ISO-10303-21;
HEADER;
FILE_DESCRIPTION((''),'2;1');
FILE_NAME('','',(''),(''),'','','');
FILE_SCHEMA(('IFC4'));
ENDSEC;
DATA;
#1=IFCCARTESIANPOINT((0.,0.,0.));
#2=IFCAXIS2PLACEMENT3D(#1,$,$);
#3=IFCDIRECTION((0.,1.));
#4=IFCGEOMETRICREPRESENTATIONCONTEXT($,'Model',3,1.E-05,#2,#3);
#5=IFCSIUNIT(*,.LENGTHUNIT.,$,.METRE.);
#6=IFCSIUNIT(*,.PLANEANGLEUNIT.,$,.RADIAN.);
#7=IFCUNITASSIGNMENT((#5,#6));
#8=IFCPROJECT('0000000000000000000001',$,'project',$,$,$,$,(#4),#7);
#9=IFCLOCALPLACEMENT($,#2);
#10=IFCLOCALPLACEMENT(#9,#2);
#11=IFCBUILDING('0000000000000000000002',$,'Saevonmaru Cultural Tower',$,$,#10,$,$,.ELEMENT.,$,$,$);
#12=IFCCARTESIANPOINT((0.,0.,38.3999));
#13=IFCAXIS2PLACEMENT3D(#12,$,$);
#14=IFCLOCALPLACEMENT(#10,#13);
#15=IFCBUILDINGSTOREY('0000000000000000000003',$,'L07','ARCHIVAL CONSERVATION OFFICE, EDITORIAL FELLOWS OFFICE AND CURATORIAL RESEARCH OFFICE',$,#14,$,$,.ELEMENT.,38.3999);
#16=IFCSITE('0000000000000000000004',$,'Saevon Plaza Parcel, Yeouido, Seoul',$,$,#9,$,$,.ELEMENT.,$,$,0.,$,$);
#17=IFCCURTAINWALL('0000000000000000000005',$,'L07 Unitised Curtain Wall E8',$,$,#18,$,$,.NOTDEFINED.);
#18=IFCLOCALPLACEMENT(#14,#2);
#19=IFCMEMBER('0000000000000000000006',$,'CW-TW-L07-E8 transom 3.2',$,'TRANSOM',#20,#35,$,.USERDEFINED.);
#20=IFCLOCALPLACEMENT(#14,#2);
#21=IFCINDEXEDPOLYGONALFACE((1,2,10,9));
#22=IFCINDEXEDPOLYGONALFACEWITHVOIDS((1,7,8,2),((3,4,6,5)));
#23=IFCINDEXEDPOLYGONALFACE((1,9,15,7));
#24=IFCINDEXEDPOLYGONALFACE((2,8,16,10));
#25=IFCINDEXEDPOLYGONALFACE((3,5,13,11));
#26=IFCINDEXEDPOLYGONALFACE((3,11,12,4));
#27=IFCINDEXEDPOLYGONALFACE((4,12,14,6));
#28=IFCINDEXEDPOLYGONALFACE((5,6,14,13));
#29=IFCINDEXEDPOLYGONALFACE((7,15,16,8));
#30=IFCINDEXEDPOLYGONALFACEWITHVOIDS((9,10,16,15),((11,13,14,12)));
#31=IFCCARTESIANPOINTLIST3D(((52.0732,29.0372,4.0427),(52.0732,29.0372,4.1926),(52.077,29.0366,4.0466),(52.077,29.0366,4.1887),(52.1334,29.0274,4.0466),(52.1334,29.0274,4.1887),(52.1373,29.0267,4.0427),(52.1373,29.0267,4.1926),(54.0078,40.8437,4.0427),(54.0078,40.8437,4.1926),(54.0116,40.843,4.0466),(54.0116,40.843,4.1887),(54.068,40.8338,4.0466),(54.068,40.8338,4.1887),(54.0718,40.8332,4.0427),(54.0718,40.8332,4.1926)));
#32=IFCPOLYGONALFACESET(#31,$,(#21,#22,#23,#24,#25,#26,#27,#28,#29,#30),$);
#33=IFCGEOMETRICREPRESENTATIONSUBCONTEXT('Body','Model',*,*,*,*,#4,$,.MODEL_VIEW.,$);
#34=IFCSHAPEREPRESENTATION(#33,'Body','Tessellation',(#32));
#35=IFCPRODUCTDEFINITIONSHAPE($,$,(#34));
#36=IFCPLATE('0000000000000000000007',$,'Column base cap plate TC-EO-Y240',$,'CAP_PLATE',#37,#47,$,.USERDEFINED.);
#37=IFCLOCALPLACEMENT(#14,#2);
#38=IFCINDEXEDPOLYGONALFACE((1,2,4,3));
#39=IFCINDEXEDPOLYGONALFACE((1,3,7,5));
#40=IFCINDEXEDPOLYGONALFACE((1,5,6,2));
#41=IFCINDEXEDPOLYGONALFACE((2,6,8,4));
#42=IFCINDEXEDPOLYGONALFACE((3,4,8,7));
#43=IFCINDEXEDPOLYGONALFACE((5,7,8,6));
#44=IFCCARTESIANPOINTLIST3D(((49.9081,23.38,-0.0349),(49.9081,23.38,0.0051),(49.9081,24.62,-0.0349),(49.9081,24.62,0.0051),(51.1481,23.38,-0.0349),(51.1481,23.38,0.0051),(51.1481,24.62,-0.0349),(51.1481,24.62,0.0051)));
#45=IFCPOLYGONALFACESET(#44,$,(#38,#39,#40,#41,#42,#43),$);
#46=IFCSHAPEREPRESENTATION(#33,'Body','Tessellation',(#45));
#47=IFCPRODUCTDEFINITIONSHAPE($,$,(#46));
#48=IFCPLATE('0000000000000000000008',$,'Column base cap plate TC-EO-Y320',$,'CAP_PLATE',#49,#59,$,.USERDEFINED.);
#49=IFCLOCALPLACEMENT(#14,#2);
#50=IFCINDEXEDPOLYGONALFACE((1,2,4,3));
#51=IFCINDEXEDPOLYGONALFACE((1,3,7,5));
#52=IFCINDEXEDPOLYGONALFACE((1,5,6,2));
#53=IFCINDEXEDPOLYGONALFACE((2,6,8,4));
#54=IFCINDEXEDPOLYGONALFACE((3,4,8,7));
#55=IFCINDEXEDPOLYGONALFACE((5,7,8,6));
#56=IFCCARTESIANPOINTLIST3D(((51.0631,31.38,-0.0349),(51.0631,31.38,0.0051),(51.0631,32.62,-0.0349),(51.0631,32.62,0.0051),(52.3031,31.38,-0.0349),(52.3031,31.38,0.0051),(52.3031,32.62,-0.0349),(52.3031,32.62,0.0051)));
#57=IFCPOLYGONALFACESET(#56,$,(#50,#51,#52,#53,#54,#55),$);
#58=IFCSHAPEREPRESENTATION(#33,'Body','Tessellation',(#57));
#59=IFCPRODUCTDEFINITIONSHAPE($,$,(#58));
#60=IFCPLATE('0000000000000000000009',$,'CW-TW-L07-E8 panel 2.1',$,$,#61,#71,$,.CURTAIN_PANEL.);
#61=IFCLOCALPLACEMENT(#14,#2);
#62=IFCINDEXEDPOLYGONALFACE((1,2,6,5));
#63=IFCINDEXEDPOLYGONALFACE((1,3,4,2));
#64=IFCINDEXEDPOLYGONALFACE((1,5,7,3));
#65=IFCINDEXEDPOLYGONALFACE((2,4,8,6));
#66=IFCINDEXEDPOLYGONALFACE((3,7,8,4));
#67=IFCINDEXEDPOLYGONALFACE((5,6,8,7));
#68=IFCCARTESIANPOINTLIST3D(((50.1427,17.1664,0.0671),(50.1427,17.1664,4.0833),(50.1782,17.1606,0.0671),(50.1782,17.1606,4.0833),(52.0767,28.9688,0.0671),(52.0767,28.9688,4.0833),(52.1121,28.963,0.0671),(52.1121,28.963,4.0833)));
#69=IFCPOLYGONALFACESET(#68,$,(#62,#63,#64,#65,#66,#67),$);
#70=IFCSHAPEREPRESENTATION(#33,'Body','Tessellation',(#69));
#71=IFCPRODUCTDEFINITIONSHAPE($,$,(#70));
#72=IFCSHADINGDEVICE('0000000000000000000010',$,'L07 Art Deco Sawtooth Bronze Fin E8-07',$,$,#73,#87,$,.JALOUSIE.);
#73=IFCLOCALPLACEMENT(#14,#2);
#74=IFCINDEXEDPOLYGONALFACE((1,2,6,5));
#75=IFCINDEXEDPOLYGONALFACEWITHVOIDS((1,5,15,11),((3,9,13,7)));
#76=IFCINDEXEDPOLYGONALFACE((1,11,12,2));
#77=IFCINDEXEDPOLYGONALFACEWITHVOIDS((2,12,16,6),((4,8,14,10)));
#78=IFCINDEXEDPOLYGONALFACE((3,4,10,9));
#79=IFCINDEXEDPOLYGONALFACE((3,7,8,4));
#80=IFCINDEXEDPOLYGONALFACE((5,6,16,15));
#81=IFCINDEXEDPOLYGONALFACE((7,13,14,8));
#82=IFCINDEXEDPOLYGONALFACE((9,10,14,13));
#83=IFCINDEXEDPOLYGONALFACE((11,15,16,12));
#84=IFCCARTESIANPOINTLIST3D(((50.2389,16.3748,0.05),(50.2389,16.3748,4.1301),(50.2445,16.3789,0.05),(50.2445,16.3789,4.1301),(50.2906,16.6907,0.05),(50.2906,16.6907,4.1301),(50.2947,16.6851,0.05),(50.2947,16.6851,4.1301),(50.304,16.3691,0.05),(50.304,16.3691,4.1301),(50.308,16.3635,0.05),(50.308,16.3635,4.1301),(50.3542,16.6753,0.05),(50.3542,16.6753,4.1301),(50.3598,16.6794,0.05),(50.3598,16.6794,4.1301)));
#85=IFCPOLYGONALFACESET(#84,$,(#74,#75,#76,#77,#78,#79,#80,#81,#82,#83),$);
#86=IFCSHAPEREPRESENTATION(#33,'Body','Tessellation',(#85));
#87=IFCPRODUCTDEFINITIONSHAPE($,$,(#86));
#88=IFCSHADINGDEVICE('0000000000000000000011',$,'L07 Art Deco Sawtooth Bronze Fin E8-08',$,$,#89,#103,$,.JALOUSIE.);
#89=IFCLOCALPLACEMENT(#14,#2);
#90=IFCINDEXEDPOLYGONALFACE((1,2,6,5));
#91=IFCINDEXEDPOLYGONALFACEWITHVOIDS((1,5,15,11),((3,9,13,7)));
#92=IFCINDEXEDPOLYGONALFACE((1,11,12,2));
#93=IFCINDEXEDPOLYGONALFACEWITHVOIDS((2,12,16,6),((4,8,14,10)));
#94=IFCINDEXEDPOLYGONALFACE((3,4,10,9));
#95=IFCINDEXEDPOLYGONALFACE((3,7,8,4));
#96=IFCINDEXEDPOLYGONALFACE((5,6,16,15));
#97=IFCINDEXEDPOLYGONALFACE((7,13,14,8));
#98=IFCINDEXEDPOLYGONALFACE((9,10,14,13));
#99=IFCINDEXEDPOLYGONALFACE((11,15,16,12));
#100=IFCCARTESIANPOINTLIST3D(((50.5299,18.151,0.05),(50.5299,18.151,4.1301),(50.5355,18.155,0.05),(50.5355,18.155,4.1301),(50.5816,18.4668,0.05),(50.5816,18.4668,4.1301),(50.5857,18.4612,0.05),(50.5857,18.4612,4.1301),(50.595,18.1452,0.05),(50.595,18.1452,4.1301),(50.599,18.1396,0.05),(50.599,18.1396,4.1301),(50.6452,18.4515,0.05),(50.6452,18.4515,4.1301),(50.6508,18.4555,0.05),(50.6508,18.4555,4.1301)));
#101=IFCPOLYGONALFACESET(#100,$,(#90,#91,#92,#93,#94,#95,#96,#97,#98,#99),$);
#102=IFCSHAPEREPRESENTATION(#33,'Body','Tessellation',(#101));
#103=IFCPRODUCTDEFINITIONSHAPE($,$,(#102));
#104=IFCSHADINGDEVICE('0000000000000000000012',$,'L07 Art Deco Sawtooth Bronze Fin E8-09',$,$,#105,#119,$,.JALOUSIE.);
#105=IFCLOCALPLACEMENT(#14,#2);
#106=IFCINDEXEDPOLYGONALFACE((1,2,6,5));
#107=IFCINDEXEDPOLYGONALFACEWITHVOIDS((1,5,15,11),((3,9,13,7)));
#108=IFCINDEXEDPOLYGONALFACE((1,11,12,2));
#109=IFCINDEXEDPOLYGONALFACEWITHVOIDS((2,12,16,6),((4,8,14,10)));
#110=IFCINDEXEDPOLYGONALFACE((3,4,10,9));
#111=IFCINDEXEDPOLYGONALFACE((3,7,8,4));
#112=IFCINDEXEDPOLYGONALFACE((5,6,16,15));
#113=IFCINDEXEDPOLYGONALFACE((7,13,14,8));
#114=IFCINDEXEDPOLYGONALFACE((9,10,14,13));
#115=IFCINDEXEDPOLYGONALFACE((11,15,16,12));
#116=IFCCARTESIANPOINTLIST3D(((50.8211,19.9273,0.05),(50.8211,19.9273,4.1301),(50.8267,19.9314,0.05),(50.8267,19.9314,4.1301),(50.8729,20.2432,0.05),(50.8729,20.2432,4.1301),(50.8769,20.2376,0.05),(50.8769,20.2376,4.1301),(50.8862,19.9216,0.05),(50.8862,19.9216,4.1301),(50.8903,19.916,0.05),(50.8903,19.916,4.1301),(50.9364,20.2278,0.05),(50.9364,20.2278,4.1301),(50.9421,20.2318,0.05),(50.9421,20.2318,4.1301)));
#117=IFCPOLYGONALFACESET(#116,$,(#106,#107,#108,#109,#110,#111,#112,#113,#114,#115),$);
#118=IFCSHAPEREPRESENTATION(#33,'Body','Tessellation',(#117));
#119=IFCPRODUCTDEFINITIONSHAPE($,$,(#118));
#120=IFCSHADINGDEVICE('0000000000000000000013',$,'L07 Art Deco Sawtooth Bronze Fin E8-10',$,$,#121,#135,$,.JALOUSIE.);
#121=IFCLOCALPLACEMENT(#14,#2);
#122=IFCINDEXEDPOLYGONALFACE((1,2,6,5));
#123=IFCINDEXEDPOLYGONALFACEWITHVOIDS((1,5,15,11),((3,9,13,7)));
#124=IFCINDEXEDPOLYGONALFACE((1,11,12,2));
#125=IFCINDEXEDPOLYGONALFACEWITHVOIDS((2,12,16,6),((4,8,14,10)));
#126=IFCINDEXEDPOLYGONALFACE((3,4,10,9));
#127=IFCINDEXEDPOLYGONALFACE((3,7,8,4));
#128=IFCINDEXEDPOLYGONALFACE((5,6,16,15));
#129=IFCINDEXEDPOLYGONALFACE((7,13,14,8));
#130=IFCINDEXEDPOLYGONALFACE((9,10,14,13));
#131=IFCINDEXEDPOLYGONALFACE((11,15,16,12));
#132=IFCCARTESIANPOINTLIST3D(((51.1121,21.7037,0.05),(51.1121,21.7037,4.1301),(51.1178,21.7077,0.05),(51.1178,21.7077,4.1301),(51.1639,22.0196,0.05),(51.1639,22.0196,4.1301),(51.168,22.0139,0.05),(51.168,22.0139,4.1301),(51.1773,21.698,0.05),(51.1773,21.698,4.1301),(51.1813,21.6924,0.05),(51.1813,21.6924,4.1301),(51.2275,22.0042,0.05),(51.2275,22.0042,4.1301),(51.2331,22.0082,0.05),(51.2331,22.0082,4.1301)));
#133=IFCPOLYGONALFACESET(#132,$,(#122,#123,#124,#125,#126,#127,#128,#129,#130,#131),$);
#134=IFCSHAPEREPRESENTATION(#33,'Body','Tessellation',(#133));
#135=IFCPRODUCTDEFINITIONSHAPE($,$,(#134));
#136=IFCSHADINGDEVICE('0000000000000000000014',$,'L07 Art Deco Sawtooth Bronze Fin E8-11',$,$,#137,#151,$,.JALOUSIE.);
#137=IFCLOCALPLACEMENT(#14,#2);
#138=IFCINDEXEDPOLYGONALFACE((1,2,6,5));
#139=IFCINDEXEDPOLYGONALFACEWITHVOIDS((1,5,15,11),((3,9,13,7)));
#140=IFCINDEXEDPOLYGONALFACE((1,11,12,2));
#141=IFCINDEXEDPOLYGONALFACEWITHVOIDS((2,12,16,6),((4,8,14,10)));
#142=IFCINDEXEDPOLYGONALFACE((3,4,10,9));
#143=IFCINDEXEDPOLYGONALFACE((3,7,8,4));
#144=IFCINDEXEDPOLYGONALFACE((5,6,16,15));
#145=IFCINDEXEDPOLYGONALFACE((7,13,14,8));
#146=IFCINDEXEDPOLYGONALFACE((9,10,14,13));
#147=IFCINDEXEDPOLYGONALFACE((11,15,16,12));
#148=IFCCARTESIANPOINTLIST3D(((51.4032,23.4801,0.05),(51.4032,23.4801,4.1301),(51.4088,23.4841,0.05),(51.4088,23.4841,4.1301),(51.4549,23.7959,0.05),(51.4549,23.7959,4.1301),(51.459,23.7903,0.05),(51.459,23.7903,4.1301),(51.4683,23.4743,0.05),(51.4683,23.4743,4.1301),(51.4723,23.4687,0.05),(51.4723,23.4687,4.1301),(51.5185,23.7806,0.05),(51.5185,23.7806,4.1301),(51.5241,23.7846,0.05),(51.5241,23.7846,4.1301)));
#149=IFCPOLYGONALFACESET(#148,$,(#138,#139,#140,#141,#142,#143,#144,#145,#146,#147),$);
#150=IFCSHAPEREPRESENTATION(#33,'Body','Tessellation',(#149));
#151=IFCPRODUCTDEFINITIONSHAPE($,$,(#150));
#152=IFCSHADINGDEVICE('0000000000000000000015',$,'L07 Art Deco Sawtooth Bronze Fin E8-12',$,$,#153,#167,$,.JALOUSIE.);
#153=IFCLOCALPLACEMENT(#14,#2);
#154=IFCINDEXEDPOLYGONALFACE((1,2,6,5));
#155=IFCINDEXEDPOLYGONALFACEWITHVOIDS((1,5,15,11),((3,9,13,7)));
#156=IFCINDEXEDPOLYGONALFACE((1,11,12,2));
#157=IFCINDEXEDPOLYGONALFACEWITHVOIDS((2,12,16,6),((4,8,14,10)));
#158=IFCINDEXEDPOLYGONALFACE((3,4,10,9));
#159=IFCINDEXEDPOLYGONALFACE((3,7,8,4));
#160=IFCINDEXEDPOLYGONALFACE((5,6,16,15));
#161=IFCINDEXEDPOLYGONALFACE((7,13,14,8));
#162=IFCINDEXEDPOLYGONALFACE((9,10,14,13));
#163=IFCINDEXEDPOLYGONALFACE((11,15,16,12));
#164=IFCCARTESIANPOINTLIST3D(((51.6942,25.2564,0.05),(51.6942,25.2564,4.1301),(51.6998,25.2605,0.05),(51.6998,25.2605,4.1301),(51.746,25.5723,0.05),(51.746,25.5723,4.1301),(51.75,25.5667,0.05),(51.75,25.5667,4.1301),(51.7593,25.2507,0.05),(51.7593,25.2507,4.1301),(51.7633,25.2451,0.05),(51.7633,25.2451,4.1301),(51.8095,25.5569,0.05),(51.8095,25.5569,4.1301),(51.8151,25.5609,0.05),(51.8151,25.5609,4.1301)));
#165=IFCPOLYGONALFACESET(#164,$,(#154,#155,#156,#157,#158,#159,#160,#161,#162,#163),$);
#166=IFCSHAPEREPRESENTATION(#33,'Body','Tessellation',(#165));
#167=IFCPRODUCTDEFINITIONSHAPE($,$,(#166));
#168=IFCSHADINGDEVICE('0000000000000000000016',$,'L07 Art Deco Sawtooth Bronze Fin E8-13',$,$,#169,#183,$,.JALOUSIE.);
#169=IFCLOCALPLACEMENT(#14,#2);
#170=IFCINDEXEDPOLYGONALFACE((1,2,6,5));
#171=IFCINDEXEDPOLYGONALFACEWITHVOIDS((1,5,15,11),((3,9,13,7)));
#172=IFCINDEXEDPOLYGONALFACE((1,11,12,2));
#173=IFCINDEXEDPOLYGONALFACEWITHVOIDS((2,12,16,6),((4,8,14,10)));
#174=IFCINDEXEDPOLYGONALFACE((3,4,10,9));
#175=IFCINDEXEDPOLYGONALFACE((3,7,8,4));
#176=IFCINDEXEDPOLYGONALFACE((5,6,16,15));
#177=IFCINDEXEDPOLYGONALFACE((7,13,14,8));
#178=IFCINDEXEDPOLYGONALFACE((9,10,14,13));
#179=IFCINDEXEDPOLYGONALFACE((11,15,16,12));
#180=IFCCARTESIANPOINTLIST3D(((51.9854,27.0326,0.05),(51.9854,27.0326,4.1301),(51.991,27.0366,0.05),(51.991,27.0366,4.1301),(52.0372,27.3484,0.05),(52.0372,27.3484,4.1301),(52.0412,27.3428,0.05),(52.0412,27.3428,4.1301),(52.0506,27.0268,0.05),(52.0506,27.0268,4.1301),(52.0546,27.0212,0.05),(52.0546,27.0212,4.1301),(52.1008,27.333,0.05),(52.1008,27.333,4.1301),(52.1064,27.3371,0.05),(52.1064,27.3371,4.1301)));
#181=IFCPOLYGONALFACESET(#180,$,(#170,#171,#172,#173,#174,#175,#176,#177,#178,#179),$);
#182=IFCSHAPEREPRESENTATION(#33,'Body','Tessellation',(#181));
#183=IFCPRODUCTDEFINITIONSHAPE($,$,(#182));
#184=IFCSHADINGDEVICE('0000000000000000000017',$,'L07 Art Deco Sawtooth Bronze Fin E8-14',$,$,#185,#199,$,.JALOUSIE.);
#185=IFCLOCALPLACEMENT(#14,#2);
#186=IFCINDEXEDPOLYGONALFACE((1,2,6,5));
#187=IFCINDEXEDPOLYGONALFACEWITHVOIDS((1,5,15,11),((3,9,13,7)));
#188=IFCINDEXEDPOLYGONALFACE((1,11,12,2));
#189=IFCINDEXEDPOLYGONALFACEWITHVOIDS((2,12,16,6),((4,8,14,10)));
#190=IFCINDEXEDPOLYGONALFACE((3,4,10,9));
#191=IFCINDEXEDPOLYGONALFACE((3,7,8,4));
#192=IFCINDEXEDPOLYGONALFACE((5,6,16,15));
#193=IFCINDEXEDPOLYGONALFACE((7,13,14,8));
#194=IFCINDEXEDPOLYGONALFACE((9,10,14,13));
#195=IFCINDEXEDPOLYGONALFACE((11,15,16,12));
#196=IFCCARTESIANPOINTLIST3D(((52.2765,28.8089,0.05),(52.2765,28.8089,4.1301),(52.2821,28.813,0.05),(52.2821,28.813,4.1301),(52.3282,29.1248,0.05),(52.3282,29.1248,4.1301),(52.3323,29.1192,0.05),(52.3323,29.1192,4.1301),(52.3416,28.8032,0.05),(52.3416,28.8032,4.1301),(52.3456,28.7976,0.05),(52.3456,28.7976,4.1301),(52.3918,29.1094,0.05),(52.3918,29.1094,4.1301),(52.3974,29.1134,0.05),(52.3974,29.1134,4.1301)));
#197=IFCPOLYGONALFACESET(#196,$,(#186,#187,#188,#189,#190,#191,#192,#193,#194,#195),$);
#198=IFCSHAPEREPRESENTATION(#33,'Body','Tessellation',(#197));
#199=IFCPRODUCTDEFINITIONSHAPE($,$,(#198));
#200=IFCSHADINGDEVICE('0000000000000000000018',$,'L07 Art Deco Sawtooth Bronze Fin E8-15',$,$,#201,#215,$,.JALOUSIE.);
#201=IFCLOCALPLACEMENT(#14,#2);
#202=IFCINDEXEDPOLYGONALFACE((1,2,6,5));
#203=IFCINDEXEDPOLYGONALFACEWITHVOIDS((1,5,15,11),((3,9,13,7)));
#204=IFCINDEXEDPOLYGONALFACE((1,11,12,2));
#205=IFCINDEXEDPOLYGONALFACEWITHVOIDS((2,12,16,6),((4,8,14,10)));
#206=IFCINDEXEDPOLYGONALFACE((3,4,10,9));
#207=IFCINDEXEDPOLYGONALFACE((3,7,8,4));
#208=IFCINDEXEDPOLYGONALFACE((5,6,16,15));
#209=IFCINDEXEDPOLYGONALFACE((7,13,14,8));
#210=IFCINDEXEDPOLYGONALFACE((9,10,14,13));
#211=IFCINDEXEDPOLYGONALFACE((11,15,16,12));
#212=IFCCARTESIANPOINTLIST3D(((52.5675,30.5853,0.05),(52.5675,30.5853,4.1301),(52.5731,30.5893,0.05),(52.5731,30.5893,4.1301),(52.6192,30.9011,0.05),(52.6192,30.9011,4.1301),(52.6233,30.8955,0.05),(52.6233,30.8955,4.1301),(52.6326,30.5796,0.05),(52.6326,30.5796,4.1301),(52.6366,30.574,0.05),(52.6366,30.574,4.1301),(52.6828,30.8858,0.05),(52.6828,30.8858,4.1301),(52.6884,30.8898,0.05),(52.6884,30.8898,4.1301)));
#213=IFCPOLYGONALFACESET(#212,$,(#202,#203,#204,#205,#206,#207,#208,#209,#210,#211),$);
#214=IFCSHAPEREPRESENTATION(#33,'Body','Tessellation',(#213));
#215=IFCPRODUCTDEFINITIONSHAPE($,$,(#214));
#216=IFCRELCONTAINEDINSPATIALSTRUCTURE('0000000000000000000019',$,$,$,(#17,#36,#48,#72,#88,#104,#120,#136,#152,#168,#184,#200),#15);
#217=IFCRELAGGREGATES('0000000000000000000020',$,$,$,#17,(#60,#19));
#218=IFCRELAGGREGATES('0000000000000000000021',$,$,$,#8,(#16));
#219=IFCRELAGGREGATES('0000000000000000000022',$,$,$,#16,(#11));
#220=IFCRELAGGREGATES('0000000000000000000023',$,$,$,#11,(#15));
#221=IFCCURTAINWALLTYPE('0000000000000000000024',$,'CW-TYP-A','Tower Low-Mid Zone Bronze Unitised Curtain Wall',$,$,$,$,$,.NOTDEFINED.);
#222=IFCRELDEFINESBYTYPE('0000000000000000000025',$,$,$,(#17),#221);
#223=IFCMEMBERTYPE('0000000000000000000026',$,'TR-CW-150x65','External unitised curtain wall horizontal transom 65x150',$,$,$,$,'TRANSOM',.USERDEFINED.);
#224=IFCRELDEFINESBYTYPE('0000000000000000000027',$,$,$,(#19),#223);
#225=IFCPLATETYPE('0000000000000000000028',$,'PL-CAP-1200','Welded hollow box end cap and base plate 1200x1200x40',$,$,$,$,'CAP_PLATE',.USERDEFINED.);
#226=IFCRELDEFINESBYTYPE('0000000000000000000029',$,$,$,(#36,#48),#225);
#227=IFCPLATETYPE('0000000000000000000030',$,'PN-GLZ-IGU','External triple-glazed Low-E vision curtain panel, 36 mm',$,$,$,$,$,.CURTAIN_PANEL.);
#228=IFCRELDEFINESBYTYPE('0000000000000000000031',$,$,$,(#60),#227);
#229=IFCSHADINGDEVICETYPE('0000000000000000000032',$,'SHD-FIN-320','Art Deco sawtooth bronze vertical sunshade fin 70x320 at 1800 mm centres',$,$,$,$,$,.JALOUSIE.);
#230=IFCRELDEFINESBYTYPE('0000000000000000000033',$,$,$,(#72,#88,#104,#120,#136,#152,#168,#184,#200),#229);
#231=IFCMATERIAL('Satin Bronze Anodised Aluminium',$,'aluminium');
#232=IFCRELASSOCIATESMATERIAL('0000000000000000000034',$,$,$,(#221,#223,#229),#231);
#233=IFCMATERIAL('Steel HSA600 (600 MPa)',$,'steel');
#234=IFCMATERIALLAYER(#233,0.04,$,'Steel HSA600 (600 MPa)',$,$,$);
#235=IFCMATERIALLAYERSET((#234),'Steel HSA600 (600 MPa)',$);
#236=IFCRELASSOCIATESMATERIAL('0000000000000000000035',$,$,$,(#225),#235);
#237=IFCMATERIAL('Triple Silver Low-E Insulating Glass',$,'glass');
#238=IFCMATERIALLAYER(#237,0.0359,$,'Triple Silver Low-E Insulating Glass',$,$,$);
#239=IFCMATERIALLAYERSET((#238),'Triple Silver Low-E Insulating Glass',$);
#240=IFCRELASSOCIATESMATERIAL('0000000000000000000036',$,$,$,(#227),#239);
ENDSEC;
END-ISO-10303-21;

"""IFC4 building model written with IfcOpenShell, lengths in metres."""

from ifc_helpers import new_model, si_unit, direction, frame, origin, origin_2d, place, context, subcontext, project, spatial, rectangle, hollow_rectangle, extrude, material, layer, layer_set, material_profile, profile_set, type_object, element, aggregate, save


model = new_model("IFC4")

# Units and contexts
model_context = context("Model", 3, precision=1e-05, world=origin(), true_north=direction((0.0, 1.0)))
body_context = subcontext(model_context, "Body", "Model", "MODEL_VIEW")
ifc_project = project(units=[si_unit("LENGTHUNIT", "METRE"), si_unit("PLANEANGLEUNIT", "RADIAN")], contexts=[model_context])

# Site, building, storey
site_placement = place(None, origin())
site = spatial("IfcSite", under=ifc_project, at=site_placement, Name="Saevon Plaza Parcel, Yeouido, Seoul", CompositionType="ELEMENT", RefElevation=0.0)
building_placement = place(site_placement, origin())
building = spatial("IfcBuilding", under=site, at=building_placement, Name="Saevonmaru Cultural Tower", CompositionType="ELEMENT")
storey_placement = place(building_placement, frame((0.0, 0.0, 38.3999)))
storey = spatial("IfcBuildingStorey", under=building, at=storey_placement, Name="L07", Description="ARCHIVAL CONSERVATION OFFICE, EDITORIAL FELLOWS OFFICE AND CURATORIAL RESEARCH OFFICE", CompositionType="ELEMENT", Elevation=38.3999)

# Shared definitions
ifc_material_1 = material(Name="Steel HSA600 (600 MPa)", Category="steel")

# Curtain wall, member
ifc_material_2 = material(Name="Satin Bronze Anodised Aluminium", Category="aluminium")
curtain_wall_type = type_object("IfcCurtainWallType", Name="CW-TYP-A", Description="Tower Low-Mid Zone Bronze Unitised Curtain Wall", PredefinedType="NOTDEFINED", material=ifc_material_2)
curtain_wall_placement = place(storey_placement, origin())
curtain_wall = element("IfcCurtainWall", 1, at=curtain_wall_placement, inside=storey, type_object=curtain_wall_type, Name="L07 Unitised Curtain Wall E8", PredefinedType="NOTDEFINED")
ifc_material_profile_1 = material_profile(ifc_material_2, hollow_rectangle(XDim=0.0649, YDim=0.1499, WallThickness=0.0039, at=origin_2d()), Name="ALU-TRAN-150x65x4")
ifc_profile_set_1 = profile_set([ifc_material_profile_1], Name="Satin Bronze Anodised Aluminium")
member_type_1 = type_object("IfcMemberType", Name="TR-CW-150x65", Description="External unitised curtain wall horizontal transom 65x150", ElementType="TRANSOM", PredefinedType="USERDEFINED", material=ifc_profile_set_1)
member_1_placement = place(storey_placement, frame((52.1052, 29.032, 4.1177), z_axis=(0.161701, 0.98684, 0.0), x_axis=(-0.98684, 0.161701, 0.0)))
member_1 = element("IfcMember", 2, at=member_1_placement, type_object=member_type_1, Name="CW-TW-L07-E8 transom 3.2", ObjectType="TRANSOM", PredefinedType="USERDEFINED", context=body_context, shape_type="SweptSolid", body=[
    extrude(hollow_rectangle(XDim=0.0649, YDim=0.1499, WallThickness=0.0039, at=origin_2d()), origin(), (0.0, 0.0, 1.0), 11.9639),
])

# Plates
ifc_layer_1 = layer(ifc_material_1, 0.04, Name="Steel HSA600 (600 MPa)")
ifc_layer_set_1 = layer_set([ifc_layer_1], Name="Steel HSA600 (600 MPa)")
plate_type_1 = type_object("IfcPlateType", Name="PL-CAP-1200", Description="Welded hollow box end cap and base plate 1200x1200x40", ElementType="CAP_PLATE", PredefinedType="USERDEFINED", material=ifc_layer_set_1)
for number, where, z_axis, x_axis, name in (
    (3, (50.5281, 24.0, -0.0349), (0.0, 0.0, 1.0), (1.0, 0.0, 0.0), "Column base cap plate TC-EO-Y240"),
    (4, (51.6831, 32.0, -0.0349), (0.0, 0.0, 1.0), (1.0, 0.0, 0.0), "Column base cap plate TC-EO-Y320"),
):
    element("IfcPlate", number, at=place(storey_placement, frame(where, z_axis=z_axis, x_axis=x_axis)), inside=storey, type_object=plate_type_1, Name=name, ObjectType="CAP_PLATE", PredefinedType="USERDEFINED", context=body_context, shape_type="SweptSolid", body=[
        extrude(rectangle(XDim=1.24, YDim=1.24, at=origin_2d()), origin(), (0.0, 0.0, 1.0), 0.04),
    ])

# Plate
ifc_material_3 = material(Name="Triple Silver Low-E Insulating Glass", Category="glass")
ifc_layer_2 = layer(ifc_material_3, 0.0359, Name="Triple Silver Low-E Insulating Glass")
ifc_layer_set_2 = layer_set([ifc_layer_2], Name="Triple Silver Low-E Insulating Glass")
plate_type_2 = type_object("IfcPlateType", Name="PN-GLZ-IGU", Description="External triple-glazed Low-E vision curtain panel, 36 mm", PredefinedType="CURTAIN_PANEL", material=ifc_layer_set_2)
plate_placement = place(storey_placement, frame((51.1274, 23.0647, 0.0671), z_axis=(0.0, 0.0, 1.0), x_axis=(0.161709, 0.986839, 0.0)))
plate = element("IfcPlate", 5, at=plate_placement, type_object=plate_type_2, Name="CW-TW-L07-E8 panel 2.1", PredefinedType="CURTAIN_PANEL", context=body_context, shape_type="SweptSolid", body=[
    extrude(rectangle(XDim=11.9597, YDim=0.0359, at=origin_2d()), origin(), (0.0, 0.0, 1.0), 4.0161),
])
aggregate(curtain_wall, [plate, member_1])

# Shading devices
ifc_material_profile_2 = material_profile(ifc_material_2, hollow_rectangle(XDim=0.0701, YDim=0.3201, WallThickness=0.0049, at=origin_2d()), Name="FIN-320x70")
ifc_profile_set_2 = profile_set([ifc_material_profile_2], Name="Satin Bronze Anodised Aluminium")
shading_device_type = type_object("IfcShadingDeviceType", Name="SHD-FIN-320", Description="Art Deco sawtooth bronze vertical sunshade fin 70x320 at 1800 mm centres", PredefinedType="JALOUSIE", material=ifc_profile_set_2)
for number, where, z_axis, x_axis, name in (
    (6, (50.2993, 16.5271, 0.05), (0.0, 0.0, 1.0), (0.986827, -0.161776, 0.0), "L07 Art Deco Sawtooth Bronze Fin E8-07"),
    (7, (50.5903, 18.3032, 0.05), (0.0, 0.0, 1.0), (0.986827, -0.161776, 0.0), "L07 Art Deco Sawtooth Bronze Fin E8-08"),
    (8, (50.8816, 20.0796, 0.05), (0.0, 0.0, 1.0), (0.986827, -0.161776, 0.0), "L07 Art Deco Sawtooth Bronze Fin E8-09"),
    (9, (51.1726, 21.856, 0.05), (0.0, 0.0, 1.0), (0.986827, -0.161776, 0.0), "L07 Art Deco Sawtooth Bronze Fin E8-10"),
    (10, (51.4636, 23.6323, 0.05), (0.0, 0.0, 1.0), (0.986827, -0.161776, 0.0), "L07 Art Deco Sawtooth Bronze Fin E8-11"),
    (11, (51.7546, 25.4087, 0.05), (0.0, 0.0, 1.0), (0.986827, -0.161776, 0.0), "L07 Art Deco Sawtooth Bronze Fin E8-12"),
    (12, (52.0459, 27.1848, 0.05), (0.0, 0.0, 1.0), (0.986827, -0.161776, 0.0), "L07 Art Deco Sawtooth Bronze Fin E8-13"),
    (13, (52.3369, 28.9612, 0.05), (0.0, 0.0, 1.0), (0.986827, -0.161776, 0.0), "L07 Art Deco Sawtooth Bronze Fin E8-14"),
    (14, (52.6279, 30.7375, 0.05), (0.0, 0.0, 1.0), (0.986827, -0.161776, 0.0), "L07 Art Deco Sawtooth Bronze Fin E8-15"),
):
    element("IfcShadingDevice", number, at=place(storey_placement, frame(where, z_axis=z_axis, x_axis=x_axis)), inside=storey, type_object=shading_device_type, Name=name, PredefinedType="JALOUSIE", context=body_context, shape_type="SweptSolid", body=[
        extrude(hollow_rectangle(XDim=0.0701, YDim=0.3201, WallThickness=0.0049, at=origin_2d()), origin(), (0.0, 0.0, 1.0), 4.0801),
    ])

save(model, "model.ifc")
